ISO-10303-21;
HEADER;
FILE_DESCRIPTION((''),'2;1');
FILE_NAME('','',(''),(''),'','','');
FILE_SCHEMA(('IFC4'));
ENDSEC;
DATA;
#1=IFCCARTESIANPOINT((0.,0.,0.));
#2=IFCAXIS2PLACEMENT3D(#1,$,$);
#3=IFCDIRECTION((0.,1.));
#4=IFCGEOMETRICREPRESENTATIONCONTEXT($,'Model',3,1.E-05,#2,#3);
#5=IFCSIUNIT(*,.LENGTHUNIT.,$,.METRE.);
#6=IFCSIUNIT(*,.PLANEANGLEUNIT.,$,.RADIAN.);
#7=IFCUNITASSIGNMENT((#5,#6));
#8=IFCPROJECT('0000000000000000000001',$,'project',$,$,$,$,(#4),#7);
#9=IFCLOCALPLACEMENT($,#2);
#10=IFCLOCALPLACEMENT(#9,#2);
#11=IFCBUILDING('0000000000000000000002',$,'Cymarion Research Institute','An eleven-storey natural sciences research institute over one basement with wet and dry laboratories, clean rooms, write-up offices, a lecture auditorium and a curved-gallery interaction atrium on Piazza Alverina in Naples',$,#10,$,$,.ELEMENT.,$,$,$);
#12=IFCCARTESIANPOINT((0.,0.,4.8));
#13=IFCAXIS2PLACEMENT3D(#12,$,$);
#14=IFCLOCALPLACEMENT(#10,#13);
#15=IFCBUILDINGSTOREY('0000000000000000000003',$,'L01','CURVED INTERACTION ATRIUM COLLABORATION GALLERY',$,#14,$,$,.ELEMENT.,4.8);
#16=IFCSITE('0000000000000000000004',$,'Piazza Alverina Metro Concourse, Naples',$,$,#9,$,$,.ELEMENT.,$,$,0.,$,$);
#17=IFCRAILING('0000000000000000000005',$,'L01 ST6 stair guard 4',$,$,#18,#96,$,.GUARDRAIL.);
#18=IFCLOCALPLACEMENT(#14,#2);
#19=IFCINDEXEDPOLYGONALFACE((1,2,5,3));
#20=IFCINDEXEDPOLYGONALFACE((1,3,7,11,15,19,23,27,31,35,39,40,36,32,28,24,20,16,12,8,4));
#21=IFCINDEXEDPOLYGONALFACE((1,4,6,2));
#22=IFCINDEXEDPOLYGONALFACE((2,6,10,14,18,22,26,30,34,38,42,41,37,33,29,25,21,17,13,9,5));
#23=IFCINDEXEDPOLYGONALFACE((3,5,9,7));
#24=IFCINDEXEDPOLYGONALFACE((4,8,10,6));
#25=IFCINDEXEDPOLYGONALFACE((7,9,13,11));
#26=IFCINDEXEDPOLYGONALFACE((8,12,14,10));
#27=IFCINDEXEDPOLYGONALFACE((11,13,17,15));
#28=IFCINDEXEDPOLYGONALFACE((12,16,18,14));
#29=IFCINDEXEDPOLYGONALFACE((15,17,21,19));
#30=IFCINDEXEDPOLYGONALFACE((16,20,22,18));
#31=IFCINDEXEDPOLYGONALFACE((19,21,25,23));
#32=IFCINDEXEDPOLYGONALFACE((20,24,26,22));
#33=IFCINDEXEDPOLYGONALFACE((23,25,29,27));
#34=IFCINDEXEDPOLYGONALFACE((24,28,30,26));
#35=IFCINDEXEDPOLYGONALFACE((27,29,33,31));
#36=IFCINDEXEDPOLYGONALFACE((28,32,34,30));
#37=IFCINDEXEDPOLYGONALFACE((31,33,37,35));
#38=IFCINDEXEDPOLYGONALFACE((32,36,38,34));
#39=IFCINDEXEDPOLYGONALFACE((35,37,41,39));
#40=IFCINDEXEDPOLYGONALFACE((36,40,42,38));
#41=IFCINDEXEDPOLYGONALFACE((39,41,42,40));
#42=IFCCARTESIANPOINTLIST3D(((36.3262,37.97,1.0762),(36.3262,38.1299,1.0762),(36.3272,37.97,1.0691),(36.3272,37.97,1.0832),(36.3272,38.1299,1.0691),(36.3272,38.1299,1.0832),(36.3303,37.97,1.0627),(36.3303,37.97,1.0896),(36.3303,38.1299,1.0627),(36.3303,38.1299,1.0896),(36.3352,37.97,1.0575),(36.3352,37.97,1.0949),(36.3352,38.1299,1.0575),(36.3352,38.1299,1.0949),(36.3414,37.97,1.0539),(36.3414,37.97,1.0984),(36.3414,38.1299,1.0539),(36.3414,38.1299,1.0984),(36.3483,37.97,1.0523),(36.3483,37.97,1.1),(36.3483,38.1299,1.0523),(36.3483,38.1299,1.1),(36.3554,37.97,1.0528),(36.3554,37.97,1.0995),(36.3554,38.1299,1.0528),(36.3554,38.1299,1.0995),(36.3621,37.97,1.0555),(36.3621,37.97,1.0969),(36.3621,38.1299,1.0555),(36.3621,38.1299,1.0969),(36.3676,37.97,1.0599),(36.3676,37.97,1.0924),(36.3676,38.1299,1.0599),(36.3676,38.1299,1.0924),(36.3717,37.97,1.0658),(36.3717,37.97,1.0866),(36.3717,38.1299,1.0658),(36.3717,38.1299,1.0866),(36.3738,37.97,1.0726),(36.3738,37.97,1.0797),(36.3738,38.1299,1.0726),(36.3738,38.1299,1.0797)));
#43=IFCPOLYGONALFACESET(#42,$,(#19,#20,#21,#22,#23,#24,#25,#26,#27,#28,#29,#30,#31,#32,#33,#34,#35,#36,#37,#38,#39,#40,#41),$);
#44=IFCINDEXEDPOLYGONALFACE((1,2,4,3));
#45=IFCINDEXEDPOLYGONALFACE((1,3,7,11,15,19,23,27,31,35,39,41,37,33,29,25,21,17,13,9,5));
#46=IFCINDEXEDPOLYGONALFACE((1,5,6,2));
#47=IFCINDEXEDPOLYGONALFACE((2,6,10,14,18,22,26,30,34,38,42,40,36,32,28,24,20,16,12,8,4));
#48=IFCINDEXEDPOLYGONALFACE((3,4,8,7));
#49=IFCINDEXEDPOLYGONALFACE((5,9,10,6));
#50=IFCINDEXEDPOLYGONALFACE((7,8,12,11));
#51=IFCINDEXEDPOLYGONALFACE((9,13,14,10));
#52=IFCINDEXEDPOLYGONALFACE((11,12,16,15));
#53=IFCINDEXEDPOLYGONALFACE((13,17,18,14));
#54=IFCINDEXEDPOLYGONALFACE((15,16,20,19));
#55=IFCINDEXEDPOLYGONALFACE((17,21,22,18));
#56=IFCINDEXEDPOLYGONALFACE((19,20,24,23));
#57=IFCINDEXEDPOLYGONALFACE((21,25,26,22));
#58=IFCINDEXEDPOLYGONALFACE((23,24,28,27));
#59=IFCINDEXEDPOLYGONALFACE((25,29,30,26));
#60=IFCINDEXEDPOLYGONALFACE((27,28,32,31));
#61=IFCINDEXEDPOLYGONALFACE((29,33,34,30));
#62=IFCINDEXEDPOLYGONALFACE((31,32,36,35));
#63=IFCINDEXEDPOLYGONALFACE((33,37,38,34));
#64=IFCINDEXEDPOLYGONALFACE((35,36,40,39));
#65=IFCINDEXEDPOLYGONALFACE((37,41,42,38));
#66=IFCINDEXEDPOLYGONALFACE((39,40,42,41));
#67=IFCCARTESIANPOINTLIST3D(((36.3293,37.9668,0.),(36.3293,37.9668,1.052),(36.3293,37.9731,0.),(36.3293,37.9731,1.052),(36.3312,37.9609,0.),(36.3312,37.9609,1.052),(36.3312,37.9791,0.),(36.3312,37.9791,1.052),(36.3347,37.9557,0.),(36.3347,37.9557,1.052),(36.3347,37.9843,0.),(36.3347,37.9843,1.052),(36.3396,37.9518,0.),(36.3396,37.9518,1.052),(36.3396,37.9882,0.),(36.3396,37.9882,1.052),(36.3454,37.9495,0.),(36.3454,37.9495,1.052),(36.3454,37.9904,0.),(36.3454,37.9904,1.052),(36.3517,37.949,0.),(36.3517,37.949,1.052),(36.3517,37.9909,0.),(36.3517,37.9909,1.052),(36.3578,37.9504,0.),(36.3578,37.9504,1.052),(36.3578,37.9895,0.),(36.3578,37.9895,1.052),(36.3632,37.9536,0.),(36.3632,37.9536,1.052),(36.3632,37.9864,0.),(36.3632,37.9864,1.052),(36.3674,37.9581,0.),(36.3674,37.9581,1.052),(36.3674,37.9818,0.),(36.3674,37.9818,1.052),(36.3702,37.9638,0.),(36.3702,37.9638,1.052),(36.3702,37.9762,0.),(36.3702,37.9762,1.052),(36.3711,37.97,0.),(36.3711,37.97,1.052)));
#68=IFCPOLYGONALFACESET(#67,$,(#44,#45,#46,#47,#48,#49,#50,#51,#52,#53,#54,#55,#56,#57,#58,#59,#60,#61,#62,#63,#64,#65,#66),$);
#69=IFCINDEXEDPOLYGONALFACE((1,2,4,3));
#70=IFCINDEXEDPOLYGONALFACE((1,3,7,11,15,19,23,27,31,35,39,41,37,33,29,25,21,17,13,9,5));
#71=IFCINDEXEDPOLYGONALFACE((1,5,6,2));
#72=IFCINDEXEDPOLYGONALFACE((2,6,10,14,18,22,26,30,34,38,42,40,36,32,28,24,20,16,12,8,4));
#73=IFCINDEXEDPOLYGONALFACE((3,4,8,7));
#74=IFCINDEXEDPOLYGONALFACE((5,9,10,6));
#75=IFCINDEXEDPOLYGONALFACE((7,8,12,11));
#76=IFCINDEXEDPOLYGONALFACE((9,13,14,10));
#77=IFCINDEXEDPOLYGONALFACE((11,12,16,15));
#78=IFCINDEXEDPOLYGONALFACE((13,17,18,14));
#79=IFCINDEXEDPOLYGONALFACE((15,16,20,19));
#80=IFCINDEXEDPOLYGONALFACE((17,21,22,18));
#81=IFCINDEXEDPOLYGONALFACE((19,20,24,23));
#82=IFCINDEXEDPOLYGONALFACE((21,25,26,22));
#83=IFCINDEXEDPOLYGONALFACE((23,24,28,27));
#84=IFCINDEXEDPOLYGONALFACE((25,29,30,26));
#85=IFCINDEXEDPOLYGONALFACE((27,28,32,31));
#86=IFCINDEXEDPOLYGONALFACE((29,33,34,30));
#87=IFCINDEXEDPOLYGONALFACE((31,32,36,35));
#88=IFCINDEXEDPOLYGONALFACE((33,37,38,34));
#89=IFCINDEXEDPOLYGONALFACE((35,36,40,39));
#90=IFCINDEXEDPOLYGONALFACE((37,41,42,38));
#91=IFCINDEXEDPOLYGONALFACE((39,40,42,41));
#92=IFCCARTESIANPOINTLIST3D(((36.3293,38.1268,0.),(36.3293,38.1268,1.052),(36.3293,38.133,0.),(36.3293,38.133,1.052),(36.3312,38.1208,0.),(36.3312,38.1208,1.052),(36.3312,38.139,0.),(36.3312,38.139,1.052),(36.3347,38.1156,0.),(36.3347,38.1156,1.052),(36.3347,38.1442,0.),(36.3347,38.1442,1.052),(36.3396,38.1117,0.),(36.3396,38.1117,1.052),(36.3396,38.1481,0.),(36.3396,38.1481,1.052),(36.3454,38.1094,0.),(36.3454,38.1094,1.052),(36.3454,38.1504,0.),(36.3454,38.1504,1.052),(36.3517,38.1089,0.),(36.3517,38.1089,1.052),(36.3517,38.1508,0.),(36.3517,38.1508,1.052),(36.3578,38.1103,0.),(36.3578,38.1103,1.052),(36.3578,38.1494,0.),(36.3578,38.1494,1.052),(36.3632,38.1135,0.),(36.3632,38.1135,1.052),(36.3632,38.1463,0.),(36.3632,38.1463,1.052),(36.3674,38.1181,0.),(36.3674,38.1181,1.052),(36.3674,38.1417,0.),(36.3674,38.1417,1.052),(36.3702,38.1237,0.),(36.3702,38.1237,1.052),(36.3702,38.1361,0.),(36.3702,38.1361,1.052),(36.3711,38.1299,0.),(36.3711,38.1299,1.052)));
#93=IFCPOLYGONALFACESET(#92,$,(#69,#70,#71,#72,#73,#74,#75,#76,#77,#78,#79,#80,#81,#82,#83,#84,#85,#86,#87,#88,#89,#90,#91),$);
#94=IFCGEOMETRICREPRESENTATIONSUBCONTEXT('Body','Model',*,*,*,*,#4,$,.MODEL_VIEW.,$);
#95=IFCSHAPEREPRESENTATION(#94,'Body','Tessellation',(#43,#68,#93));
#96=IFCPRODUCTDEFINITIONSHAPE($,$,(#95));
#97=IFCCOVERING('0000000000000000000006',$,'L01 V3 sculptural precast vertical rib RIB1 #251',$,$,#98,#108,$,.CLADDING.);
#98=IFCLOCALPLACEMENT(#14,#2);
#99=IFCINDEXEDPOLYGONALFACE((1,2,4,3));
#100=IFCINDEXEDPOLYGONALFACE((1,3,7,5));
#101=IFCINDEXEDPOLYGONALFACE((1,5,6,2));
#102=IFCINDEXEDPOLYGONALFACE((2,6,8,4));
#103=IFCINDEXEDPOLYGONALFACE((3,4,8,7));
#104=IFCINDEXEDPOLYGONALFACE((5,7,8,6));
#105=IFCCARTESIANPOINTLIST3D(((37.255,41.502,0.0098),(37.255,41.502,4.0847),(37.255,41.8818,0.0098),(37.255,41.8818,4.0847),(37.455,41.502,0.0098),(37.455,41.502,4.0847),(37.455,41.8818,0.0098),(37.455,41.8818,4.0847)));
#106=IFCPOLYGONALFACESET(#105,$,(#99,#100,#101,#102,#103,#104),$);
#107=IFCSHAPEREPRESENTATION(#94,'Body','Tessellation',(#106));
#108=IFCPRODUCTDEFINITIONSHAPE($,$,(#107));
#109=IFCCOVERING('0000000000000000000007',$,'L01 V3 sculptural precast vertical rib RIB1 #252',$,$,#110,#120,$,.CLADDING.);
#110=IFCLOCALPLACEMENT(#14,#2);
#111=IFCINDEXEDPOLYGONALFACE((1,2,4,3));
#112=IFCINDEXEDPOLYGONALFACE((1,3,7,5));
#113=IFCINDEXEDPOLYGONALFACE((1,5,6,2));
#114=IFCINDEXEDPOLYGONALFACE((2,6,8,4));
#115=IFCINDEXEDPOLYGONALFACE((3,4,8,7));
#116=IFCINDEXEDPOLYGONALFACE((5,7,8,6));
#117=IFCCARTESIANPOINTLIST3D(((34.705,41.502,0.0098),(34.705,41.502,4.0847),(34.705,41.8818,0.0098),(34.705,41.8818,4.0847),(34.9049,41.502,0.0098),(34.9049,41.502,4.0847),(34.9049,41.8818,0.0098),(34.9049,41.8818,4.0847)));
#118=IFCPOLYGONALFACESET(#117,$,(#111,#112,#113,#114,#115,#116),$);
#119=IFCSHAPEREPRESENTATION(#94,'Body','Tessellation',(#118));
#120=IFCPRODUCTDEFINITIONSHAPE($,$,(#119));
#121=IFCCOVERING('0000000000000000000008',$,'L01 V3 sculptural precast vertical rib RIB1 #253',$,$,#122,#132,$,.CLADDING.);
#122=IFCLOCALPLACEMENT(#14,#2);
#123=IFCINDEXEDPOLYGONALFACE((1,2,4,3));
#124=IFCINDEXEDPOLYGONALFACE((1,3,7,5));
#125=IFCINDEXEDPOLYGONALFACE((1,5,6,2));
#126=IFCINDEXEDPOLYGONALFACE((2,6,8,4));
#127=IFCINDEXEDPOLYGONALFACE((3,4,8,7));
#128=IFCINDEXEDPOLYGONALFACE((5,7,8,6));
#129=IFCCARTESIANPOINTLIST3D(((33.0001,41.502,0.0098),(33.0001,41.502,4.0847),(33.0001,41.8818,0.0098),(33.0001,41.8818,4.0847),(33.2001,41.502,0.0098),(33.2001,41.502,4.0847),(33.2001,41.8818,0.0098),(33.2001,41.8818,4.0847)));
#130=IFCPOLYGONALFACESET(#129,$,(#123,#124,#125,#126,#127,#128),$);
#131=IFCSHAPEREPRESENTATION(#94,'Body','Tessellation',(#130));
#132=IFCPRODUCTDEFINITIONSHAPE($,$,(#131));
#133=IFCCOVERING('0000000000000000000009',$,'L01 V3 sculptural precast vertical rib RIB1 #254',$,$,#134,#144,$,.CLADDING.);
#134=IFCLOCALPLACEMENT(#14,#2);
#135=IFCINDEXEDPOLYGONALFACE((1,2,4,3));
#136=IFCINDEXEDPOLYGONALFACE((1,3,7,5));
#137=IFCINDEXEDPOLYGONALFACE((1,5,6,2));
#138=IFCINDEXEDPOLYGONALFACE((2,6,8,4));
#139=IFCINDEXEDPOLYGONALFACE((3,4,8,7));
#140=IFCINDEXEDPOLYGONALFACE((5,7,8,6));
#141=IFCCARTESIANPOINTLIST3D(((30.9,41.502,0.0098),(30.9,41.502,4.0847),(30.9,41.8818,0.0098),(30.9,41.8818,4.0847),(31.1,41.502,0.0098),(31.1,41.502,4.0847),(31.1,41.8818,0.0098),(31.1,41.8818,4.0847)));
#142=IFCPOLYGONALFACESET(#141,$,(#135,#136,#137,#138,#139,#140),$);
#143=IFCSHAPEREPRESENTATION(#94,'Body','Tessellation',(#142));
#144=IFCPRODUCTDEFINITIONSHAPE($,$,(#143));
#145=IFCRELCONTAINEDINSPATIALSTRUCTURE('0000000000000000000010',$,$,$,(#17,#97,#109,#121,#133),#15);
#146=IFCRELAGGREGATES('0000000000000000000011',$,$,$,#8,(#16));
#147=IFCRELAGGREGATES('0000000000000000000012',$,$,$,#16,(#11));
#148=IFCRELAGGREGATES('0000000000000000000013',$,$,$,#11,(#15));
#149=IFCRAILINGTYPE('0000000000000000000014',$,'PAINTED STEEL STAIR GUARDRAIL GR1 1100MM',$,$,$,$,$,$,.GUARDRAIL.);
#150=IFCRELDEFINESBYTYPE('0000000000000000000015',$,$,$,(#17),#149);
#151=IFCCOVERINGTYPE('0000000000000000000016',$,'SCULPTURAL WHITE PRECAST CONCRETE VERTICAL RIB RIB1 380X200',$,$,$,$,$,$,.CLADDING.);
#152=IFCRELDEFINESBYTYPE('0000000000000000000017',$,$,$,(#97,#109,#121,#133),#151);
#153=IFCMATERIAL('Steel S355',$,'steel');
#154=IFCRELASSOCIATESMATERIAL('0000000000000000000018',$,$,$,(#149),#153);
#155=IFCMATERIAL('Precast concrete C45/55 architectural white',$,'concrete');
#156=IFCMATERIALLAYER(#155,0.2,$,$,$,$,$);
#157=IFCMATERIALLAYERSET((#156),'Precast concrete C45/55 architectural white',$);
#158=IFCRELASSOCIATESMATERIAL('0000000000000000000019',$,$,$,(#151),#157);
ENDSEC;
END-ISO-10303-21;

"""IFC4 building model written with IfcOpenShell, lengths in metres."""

from ifc_helpers import new_model, si_unit, direction, frame, origin, origin_2d, place, context, subcontext, project, spatial, rectangle, circle, extrude, material, layer, layer_set, type_object, element, save


model = new_model("IFC4")

# Units and contexts
model_context = context("Model", 3, precision=1e-05, world=origin(), true_north=direction((0.0, 1.0)))
body_context = subcontext(model_context, "Body", "Model", "MODEL_VIEW")
ifc_project = project(units=[si_unit("LENGTHUNIT", "METRE"), si_unit("PLANEANGLEUNIT", "RADIAN")], contexts=[model_context])

# Site, building, storey
site_placement = place(None, origin())
site = spatial("IfcSite", under=ifc_project, at=site_placement, Name="Piazza Alverina Metro Concourse, Naples", CompositionType="ELEMENT", RefElevation=0.0)
building_placement = place(site_placement, origin())
building = spatial("IfcBuilding", under=site, at=building_placement, Name="Cymarion Research Institute", Description="An eleven-storey natural sciences research institute over one basement with wet and dry laboratories, clean rooms, write-up offices, a lecture auditorium and a curved-gallery interaction atrium on Piazza Alverina in Naples", CompositionType="ELEMENT")
storey_placement = place(building_placement, frame((0.0, 0.0, 4.8)))
storey = spatial("IfcBuildingStorey", under=building, at=storey_placement, Name="L01", Description="CURVED INTERACTION ATRIUM COLLABORATION GALLERY", CompositionType="ELEMENT", Elevation=4.8)

# Shared definitions
ifc_material_1 = material(Name="Steel S355", Category="steel")

# Railing
railing_type_1 = type_object("IfcRailingType", Name="PAINTED STEEL STAIR GUARDRAIL GR1 1100MM", PredefinedType="GUARDRAIL", material=ifc_material_1)
railing_1_placement = place(storey_placement, frame((36.3501, 37.97, 0.0)))
element("IfcRailing", 1, at=railing_1_placement, inside=storey, type_object=railing_type_1, Name="L01 ST6 stair guard 4", PredefinedType="GUARDRAIL", context=body_context, shape_type="SweptSolid", body=[
    extrude(circle(Radius=0.0239, at=origin_2d()), frame((0.0, 0.0, 1.0762), z_axis=(0.0, 1.0, 0.0), x_axis=(-1.0, 0.0, 0.0)), (0.0, 0.0, 1.0), 0.1599),
    extrude(circle(Radius=0.021, at=origin_2d()), origin(), (0.0, 0.0, 1.0), 1.052),
    extrude(circle(Radius=0.021, at=origin_2d()), frame((0.0, 0.1599, 0.0)), (0.0, 0.0, 1.0), 1.052),
])

# Coverings
ifc_material_2 = material(Name="Precast concrete C45/55 architectural white", Category="concrete")
ifc_layer_1 = layer(ifc_material_2, 0.2)
ifc_layer_set_1 = layer_set([ifc_layer_1], Name="Precast concrete C45/55 architectural white")
covering_type = type_object("IfcCoveringType", Name="SCULPTURAL WHITE PRECAST CONCRETE VERTICAL RIB RIB1 380X200", PredefinedType="CLADDING", material=ifc_layer_set_1)
for number, where, z_axis, x_axis, name in (
    (2, (37.355, 41.6919, 0.0098), (0.0, 0.0, 1.0), (0.0, 1.0, 0.0), "L01 V3 sculptural precast vertical rib RIB1 #251"),
    (3, (34.8049, 41.6919, 0.0098), (0.0, 0.0, 1.0), (0.0, 1.0, 0.0), "L01 V3 sculptural precast vertical rib RIB1 #252"),
    (4, (33.1001, 41.6919, 0.0098), (0.0, 0.0, 1.0), (0.0, 1.0, 0.0), "L01 V3 sculptural precast vertical rib RIB1 #253"),
    (5, (31.0, 41.6919, 0.0098), (0.0, 0.0, 1.0), (0.0, 1.0, 0.0), "L01 V3 sculptural precast vertical rib RIB1 #254"),
):
    element("IfcCovering", number, at=place(storey_placement, frame(where, z_axis=z_axis, x_axis=x_axis)), inside=storey, type_object=covering_type, Name=name, PredefinedType="CLADDING", context=body_context, shape_type="SweptSolid", body=[
        extrude(rectangle(XDim=0.3799, YDim=0.2, at=origin_2d()), origin(), (0.0, 0.0, 1.0), 4.075),
    ])

save(model, "model.ifc")
